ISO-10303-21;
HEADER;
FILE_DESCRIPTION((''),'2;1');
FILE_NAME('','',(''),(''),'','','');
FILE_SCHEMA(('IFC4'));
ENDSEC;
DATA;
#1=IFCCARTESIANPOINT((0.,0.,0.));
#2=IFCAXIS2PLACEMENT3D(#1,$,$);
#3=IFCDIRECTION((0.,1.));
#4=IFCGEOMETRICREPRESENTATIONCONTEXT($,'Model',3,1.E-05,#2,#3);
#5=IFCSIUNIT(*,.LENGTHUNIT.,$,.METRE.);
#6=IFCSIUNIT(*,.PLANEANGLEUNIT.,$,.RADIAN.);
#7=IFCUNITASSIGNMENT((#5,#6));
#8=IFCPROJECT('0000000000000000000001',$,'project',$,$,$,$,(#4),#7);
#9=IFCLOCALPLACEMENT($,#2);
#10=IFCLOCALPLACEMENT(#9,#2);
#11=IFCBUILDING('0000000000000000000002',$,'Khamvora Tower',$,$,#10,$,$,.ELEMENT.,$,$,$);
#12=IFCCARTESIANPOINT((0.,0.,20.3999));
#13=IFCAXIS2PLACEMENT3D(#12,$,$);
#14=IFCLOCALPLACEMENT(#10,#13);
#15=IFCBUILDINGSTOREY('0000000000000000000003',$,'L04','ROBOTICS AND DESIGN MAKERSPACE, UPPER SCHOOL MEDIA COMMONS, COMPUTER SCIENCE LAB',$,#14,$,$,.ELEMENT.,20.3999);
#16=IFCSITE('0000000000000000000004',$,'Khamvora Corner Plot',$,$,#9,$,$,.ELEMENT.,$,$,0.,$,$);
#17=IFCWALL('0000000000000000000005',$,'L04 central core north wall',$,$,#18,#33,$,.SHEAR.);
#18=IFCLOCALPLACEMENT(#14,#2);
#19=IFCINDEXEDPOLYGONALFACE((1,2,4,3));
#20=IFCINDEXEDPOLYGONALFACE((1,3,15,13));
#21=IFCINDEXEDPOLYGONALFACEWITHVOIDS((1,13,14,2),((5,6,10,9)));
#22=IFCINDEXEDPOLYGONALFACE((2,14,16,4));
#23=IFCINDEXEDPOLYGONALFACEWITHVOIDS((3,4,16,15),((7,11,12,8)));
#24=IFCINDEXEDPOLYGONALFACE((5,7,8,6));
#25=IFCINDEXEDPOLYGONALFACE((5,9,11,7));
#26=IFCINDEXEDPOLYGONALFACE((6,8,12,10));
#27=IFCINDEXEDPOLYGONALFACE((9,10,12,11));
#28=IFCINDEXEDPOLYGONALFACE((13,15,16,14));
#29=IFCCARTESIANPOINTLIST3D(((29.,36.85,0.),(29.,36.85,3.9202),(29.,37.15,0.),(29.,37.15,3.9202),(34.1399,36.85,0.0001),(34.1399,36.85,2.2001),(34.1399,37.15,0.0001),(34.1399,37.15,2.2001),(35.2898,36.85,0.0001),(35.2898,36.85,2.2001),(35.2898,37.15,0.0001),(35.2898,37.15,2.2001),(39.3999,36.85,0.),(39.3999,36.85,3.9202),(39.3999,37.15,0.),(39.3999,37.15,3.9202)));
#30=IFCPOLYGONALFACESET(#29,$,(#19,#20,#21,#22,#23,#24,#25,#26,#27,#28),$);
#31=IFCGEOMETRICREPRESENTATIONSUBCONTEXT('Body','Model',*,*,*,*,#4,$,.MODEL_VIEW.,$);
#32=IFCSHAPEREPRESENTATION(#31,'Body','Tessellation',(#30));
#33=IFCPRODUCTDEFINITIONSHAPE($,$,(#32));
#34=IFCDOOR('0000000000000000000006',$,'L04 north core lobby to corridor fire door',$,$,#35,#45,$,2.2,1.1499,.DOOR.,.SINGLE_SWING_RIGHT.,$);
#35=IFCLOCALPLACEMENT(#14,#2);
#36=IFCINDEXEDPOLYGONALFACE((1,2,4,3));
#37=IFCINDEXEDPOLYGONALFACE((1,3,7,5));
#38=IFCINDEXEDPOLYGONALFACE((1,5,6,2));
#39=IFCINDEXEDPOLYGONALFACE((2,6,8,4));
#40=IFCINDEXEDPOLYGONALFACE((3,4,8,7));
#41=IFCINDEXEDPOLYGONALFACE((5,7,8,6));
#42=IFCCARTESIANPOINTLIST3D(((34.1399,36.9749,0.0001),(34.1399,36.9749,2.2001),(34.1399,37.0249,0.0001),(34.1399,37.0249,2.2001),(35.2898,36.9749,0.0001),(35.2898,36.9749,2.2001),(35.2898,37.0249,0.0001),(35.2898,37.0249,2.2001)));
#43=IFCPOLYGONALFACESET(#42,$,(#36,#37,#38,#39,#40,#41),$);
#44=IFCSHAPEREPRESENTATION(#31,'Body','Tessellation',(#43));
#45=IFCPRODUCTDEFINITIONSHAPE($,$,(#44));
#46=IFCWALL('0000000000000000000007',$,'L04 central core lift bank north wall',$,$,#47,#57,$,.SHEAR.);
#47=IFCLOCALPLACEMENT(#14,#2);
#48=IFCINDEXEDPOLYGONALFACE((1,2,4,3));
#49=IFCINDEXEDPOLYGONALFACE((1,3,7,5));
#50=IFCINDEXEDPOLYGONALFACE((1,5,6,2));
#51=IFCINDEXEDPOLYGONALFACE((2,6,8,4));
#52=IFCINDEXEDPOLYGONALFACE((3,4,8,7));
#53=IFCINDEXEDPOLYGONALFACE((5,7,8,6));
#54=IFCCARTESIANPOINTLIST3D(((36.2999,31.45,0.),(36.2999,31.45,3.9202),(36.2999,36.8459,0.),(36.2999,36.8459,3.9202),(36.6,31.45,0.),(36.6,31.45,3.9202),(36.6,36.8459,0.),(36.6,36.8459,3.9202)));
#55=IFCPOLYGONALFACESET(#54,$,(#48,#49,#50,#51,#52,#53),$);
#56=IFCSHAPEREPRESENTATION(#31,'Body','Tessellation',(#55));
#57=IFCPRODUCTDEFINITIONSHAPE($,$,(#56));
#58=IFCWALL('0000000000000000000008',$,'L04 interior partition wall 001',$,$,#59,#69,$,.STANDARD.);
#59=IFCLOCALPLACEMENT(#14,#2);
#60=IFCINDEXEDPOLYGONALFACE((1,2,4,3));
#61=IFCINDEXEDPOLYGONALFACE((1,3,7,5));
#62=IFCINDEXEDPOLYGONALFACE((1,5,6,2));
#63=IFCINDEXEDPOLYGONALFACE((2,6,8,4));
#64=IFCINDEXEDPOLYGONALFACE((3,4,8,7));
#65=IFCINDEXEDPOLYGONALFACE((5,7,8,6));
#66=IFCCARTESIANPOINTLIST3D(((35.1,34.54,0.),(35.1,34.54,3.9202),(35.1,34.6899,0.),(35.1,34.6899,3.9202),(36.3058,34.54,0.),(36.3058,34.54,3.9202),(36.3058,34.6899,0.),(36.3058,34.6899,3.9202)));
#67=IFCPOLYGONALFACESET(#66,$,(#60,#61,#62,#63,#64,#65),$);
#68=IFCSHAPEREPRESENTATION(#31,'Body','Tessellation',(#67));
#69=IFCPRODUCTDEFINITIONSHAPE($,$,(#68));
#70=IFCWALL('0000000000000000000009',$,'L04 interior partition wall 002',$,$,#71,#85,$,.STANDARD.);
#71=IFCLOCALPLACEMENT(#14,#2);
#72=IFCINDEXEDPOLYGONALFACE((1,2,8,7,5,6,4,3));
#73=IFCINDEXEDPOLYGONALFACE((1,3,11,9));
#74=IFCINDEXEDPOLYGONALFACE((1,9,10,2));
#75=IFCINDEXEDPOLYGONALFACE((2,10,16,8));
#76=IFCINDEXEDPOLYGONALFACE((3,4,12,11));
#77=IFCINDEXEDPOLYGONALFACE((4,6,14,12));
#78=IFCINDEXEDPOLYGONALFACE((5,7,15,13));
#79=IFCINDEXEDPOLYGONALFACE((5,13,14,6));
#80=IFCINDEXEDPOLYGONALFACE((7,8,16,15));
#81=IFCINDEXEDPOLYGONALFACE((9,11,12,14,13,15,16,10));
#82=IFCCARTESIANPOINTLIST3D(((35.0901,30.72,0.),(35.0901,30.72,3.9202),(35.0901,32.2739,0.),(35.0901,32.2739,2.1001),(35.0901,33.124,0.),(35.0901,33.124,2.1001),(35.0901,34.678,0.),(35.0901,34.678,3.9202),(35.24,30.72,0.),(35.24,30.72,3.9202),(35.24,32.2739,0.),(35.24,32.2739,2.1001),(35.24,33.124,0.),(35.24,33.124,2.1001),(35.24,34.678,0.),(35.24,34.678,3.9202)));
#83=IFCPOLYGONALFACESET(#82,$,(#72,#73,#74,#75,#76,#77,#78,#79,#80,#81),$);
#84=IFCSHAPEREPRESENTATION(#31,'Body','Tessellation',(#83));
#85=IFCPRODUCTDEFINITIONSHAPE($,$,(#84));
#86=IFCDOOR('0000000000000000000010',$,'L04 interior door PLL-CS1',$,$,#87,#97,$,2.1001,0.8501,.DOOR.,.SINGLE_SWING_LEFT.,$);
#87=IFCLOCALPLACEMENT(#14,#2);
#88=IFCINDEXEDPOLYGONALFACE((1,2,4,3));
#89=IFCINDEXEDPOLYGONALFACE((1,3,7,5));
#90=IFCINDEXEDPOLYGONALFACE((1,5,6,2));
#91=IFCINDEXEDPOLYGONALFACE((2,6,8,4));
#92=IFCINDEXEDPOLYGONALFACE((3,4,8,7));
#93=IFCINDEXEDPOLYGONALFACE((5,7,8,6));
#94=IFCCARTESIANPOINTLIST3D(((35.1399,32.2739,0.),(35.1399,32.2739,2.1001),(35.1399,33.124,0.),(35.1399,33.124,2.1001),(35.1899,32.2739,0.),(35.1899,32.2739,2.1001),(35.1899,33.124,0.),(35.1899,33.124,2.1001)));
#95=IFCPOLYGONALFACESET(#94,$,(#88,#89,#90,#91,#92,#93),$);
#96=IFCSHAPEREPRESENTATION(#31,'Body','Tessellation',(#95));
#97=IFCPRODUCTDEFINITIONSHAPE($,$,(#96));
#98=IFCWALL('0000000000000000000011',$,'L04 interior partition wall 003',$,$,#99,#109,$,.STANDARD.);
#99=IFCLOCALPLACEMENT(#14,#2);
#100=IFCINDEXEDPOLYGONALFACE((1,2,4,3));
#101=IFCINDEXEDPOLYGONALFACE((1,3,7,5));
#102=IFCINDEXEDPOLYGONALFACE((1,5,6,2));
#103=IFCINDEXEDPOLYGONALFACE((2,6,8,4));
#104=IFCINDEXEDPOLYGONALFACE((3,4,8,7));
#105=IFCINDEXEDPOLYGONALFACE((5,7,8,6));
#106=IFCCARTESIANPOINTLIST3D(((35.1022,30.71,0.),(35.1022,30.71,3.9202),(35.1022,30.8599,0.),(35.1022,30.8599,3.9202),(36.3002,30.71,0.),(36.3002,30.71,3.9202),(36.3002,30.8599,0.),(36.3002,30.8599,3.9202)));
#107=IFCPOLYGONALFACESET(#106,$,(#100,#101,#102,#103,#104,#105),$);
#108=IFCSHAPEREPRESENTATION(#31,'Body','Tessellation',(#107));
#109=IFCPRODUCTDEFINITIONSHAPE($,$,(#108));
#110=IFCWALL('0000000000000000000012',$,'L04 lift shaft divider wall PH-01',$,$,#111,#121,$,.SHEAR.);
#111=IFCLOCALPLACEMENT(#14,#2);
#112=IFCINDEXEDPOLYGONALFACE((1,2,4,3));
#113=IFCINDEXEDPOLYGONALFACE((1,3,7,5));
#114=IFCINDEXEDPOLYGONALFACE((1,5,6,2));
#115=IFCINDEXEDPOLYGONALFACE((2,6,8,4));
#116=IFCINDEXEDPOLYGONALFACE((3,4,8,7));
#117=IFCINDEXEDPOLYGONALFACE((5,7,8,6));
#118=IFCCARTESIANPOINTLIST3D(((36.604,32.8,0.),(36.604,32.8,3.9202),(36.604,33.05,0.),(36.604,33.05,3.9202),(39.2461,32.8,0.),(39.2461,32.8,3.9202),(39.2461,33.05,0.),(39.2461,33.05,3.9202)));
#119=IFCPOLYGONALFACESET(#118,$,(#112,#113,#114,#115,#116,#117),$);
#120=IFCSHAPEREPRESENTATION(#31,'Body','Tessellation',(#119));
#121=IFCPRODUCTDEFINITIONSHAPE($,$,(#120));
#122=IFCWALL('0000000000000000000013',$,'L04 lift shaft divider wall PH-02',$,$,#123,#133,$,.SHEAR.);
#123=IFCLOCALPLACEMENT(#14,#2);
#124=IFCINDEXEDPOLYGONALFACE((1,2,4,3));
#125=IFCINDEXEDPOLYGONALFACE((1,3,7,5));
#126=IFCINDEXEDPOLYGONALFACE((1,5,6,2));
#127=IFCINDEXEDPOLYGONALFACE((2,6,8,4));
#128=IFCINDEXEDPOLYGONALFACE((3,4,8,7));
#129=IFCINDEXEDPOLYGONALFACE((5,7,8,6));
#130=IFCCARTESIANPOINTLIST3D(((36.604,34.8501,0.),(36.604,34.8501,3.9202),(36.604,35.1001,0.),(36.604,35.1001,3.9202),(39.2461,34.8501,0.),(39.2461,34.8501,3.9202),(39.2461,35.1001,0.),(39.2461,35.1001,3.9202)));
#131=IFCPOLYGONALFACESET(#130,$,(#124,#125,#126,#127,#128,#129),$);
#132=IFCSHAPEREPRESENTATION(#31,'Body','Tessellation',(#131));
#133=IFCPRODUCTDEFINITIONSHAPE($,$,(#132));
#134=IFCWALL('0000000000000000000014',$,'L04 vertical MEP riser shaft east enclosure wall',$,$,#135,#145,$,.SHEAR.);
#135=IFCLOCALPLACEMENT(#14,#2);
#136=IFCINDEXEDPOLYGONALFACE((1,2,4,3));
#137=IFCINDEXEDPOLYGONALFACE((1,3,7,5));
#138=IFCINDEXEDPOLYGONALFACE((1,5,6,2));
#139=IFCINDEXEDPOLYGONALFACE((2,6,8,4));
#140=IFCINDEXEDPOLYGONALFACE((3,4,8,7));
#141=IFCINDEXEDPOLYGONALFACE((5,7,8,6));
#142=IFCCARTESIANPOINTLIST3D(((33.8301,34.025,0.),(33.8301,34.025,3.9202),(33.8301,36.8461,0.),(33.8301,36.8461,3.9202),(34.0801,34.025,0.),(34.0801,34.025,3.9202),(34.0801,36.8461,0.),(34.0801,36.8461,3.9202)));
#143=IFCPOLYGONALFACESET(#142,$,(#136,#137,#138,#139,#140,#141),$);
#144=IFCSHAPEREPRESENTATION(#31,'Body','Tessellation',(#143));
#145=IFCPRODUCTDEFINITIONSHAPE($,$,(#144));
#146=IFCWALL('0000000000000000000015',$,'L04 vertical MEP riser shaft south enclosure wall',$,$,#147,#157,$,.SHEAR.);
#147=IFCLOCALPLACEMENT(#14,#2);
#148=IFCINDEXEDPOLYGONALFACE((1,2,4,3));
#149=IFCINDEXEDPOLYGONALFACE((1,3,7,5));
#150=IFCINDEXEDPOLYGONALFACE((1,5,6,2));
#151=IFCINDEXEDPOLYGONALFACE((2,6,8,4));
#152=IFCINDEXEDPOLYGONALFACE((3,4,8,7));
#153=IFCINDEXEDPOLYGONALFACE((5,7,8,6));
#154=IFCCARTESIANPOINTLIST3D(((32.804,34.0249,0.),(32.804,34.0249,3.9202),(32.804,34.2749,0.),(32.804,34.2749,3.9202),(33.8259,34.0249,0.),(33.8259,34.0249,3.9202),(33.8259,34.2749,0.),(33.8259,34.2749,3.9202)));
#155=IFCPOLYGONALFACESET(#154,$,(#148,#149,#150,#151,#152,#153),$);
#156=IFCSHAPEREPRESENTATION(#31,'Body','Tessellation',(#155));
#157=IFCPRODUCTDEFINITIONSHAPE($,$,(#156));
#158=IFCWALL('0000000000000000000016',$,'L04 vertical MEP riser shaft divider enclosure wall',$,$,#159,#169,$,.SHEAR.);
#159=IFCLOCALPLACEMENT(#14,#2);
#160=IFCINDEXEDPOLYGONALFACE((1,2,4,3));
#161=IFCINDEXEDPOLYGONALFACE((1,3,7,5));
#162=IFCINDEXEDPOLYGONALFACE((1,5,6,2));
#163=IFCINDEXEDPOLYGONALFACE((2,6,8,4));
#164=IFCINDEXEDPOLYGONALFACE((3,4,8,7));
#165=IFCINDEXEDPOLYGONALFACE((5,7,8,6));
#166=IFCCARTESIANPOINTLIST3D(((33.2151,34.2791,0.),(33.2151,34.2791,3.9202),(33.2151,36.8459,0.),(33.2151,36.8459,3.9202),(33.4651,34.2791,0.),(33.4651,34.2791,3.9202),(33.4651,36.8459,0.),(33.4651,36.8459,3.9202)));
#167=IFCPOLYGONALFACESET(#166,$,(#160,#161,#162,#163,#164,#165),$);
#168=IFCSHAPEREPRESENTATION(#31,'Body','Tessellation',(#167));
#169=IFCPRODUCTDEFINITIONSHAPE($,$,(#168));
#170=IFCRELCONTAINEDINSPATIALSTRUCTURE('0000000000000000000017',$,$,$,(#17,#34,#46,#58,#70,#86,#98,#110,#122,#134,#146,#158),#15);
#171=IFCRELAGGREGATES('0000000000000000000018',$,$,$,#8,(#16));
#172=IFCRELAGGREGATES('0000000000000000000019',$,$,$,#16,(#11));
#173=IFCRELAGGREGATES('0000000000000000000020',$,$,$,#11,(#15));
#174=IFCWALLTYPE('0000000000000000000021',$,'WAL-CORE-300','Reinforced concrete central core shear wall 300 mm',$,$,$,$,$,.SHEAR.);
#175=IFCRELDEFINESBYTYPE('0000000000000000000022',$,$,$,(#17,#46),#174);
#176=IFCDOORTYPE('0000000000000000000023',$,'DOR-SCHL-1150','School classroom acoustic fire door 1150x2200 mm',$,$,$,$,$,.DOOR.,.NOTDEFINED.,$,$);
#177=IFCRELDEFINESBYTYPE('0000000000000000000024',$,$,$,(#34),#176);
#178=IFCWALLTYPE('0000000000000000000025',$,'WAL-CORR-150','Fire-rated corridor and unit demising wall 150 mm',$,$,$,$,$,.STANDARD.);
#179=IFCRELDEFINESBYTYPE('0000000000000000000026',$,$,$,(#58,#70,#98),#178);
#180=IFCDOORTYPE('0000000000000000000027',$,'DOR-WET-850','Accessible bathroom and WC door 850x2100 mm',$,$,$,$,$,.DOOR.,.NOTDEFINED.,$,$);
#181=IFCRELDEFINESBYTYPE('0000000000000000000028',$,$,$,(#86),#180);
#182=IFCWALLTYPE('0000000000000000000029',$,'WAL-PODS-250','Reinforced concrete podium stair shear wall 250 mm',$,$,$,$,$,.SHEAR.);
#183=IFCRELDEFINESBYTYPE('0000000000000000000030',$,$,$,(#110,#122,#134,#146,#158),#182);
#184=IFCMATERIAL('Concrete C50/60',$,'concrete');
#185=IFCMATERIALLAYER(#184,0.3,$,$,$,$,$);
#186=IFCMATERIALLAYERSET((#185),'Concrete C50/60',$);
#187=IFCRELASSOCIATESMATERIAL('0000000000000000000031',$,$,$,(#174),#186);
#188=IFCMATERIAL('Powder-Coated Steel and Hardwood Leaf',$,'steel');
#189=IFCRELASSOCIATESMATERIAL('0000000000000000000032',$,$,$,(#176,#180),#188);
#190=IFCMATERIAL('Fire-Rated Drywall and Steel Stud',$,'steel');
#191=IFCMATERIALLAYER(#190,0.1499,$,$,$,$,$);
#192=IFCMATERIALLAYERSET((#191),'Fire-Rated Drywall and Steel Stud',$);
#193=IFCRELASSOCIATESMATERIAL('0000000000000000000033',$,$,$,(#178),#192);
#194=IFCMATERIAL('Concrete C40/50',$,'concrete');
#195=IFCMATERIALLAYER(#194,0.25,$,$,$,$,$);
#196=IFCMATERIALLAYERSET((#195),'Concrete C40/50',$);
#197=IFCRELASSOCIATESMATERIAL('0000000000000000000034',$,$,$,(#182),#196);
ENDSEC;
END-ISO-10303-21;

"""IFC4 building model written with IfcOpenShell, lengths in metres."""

from ifc_helpers import new_model, si_unit, direction, frame, frame_2d, origin, place, context, subcontext, project, spatial, rectangle, extrude, material, layer, layer_set, type_object, element, fill, save


model = new_model("IFC4")

# Units and contexts
model_context = context("Model", 3, precision=1e-05, world=origin(), true_north=direction((0.0, 1.0)))
body_context = subcontext(model_context, "Body", "Model", "MODEL_VIEW")
ifc_project = project(units=[si_unit("LENGTHUNIT", "METRE"), si_unit("PLANEANGLEUNIT", "RADIAN")], contexts=[model_context])

# Site, building, storey
site_placement = place(None, origin())
site = spatial("IfcSite", under=ifc_project, at=site_placement, Name="Khamvora Corner Plot", CompositionType="ELEMENT", RefElevation=0.0)
building_placement = place(site_placement, origin())
building = spatial("IfcBuilding", under=site, at=building_placement, Name="Khamvora Tower", CompositionType="ELEMENT")
storey_placement = place(building_placement, frame((0.0, 0.0, 20.3999)))
storey = spatial("IfcBuildingStorey", under=building, at=storey_placement, Name="L04", Description="ROBOTICS AND DESIGN MAKERSPACE, UPPER SCHOOL MEDIA COMMONS, COMPUTER SCIENCE LAB", CompositionType="ELEMENT", Elevation=20.3999)

# Wall, opening, door
ifc_material_1 = material(Name="Concrete C50/60", Category="concrete")
ifc_layer_1 = layer(ifc_material_1, 0.3)
ifc_layer_set_1 = layer_set([ifc_layer_1], Name="Concrete C50/60")
wall_type_1 = type_object("IfcWallType", Name="WAL-CORE-300", Description="Reinforced concrete central core shear wall 300 mm", PredefinedType="SHEAR", material=ifc_layer_set_1)
wall_1_placement = place(storey_placement, frame((29.0, 37.0, 0.0), z_axis=(0.0, 0.0, 1.0), x_axis=(1.0, 0.0, 0.0)))
wall_1 = element("IfcWall", 1, at=wall_1_placement, inside=storey, type_object=wall_type_1, Name="L04 central core north wall", PredefinedType="SHEAR", context=body_context, shape_type="SweptSolid", body=[
    extrude(rectangle(XDim=10.3999, YDim=0.3, at=frame_2d((5.2, 0.0))), origin(), (0.0, 0.0, 1.0), 3.9202),
])
opening_1_placement = place(wall_1_placement, frame((5.1399, 0.0, 0.0)))
opening_1 = element("IfcOpeningElement", 2, at=opening_1_placement, cuts=wall_1, PredefinedType="OPENING", context=body_context, shape_type="SweptSolid", body=[
    extrude(rectangle(XDim=1.1499, YDim=2.2, at=frame_2d((0.575, 1.1001))), frame((0.0, 0.1599, 0.0), z_axis=(0.0, -1.0, 0.0), x_axis=(1.0, 0.0, 0.0)), (0.0, 0.0, 1.0), 0.3201),
])
ifc_material_2 = material(Name="Powder-Coated Steel and Hardwood Leaf", Category="steel")
door_type_1 = type_object("IfcDoorType", Name="DOR-SCHL-1150", Description="School classroom acoustic fire door 1150x2200 mm", OperationType="NOTDEFINED", PredefinedType="DOOR", material=ifc_material_2)
door_1_placement = place(opening_1_placement, origin())
door_1 = element("IfcDoor", 3, at=door_1_placement, inside=storey, type_object=door_type_1, Name="L04 north core lobby to corridor fire door", OperationType="SINGLE_SWING_RIGHT", OverallHeight=2.2, OverallWidth=1.1499, PredefinedType="DOOR", context=body_context, shape_type="SweptSolid", body=[
    extrude(rectangle(XDim=1.1499, YDim=2.2, at=frame_2d((0.575, 1.1001))), frame((0.0, 0.0249, 0.0), z_axis=(0.0, -1.0, 0.0), x_axis=(1.0, 0.0, 0.0)), (0.0, 0.0, 1.0), 0.05),
])
fill(opening_1, door_1)

# Walls
wall_2_placement = place(storey_placement, frame((36.45, 31.45, 0.0), z_axis=(0.0, 0.0, 1.0), x_axis=(0.0, 1.0, 0.0)))
element("IfcWall", 4, at=wall_2_placement, inside=storey, type_object=wall_type_1, Name="L04 central core lift bank north wall", PredefinedType="SHEAR", context=body_context, shape_type="SweptSolid", body=[
    extrude(rectangle(XDim=5.396, YDim=0.3, at=frame_2d((2.698, 0.0))), origin(), (0.0, 0.0, 1.0), 3.9202),
])
ifc_material_3 = material(Name="Fire-Rated Drywall and Steel Stud", Category="steel")
ifc_layer_2 = layer(ifc_material_3, 0.1499)
ifc_layer_set_2 = layer_set([ifc_layer_2], Name="Fire-Rated Drywall and Steel Stud")
wall_type_2 = type_object("IfcWallType", Name="WAL-CORR-150", Description="Fire-rated corridor and unit demising wall 150 mm", PredefinedType="STANDARD", material=ifc_layer_set_2)
wall_3_placement = place(storey_placement, frame((36.3059, 34.615, 0.0), z_axis=(0.0, 0.0, 1.0), x_axis=(-1.0, 0.0, 0.0)))
element("IfcWall", 5, at=wall_3_placement, inside=storey, type_object=wall_type_2, Name="L04 interior partition wall 001", PredefinedType="STANDARD", context=body_context, shape_type="SweptSolid", body=[
    extrude(rectangle(XDim=1.2058, YDim=0.1499, at=frame_2d((0.603, 0.0))), origin(), (0.0, 0.0, 1.0), 3.9202),
])

# Wall, opening, door
wall_4_placement = place(storey_placement, frame((35.165, 34.678, 0.0), z_axis=(0.0, 0.0, 1.0), x_axis=(0.0, -1.0, 0.0)))
wall_4 = element("IfcWall", 6, at=wall_4_placement, inside=storey, type_object=wall_type_2, Name="L04 interior partition wall 002", PredefinedType="STANDARD", context=body_context, shape_type="SweptSolid", body=[
    extrude(rectangle(XDim=3.958, YDim=0.1499, at=frame_2d((1.979, 0.0))), origin(), (0.0, 0.0, 1.0), 3.9202),
])
opening_2_placement = place(wall_4_placement, frame((1.554, 0.0, 0.0)))
opening_2 = element("IfcOpeningElement", 7, at=opening_2_placement, cuts=wall_4, PredefinedType="OPENING", context=body_context, shape_type="SweptSolid", body=[
    extrude(rectangle(XDim=0.8501, YDim=2.1001, at=frame_2d((0.425, 1.05))), frame((0.0, 0.085, 0.0), z_axis=(0.0, -1.0, 0.0), x_axis=(1.0, 0.0, 0.0)), (0.0, 0.0, 1.0), 0.1699),
])
door_type_2 = type_object("IfcDoorType", Name="DOR-WET-850", Description="Accessible bathroom and WC door 850x2100 mm", OperationType="NOTDEFINED", PredefinedType="DOOR", material=ifc_material_2)
door_2_placement = place(opening_2_placement, origin())
door_2 = element("IfcDoor", 8, at=door_2_placement, inside=storey, type_object=door_type_2, Name="L04 interior door PLL-CS1", OperationType="SINGLE_SWING_LEFT", OverallHeight=2.1001, OverallWidth=0.8501, PredefinedType="DOOR", context=body_context, shape_type="SweptSolid", body=[
    extrude(rectangle(XDim=0.8501, YDim=2.1001, at=frame_2d((0.425, 1.05))), frame((0.0, 0.0249, 0.0), z_axis=(0.0, -1.0, 0.0), x_axis=(1.0, 0.0, 0.0)), (0.0, 0.0, 1.0), 0.05),
])
fill(opening_2, door_2)

# Walls
wall_5_placement = place(storey_placement, frame((35.1021, 30.7849, 0.0), z_axis=(0.0, 0.0, 1.0), x_axis=(1.0, 0.0, 0.0)))
element("IfcWall", 9, at=wall_5_placement, inside=storey, type_object=wall_type_2, Name="L04 interior partition wall 003", PredefinedType="STANDARD", context=body_context, shape_type="SweptSolid", body=[
    extrude(rectangle(XDim=1.198, YDim=0.1499, at=frame_2d((0.5991, 0.0))), origin(), (0.0, 0.0, 1.0), 3.9202),
])
ifc_material_4 = material(Name="Concrete C40/50", Category="concrete")
ifc_layer_3 = layer(ifc_material_4, 0.25)
ifc_layer_set_3 = layer_set([ifc_layer_3], Name="Concrete C40/50")
wall_type_3 = type_object("IfcWallType", Name="WAL-PODS-250", Description="Reinforced concrete podium stair shear wall 250 mm", PredefinedType="SHEAR", material=ifc_layer_set_3)
for number, where, z_axis, x_axis, name in (
    (10, (36.604, 32.925, 0.0), (0.0, 0.0, 1.0), (1.0, 0.0, 0.0), "L04 lift shaft divider wall PH-01"),
    (11, (36.604, 34.9751, 0.0), (0.0, 0.0, 1.0), (1.0, 0.0, 0.0), "L04 lift shaft divider wall PH-02"),
):
    element("IfcWall", number, at=place(storey_placement, frame(where, z_axis=z_axis, x_axis=x_axis)), inside=storey, type_object=wall_type_3, Name=name, PredefinedType="SHEAR", context=body_context, shape_type="SweptSolid", body=[
        extrude(rectangle(XDim=2.6421, YDim=0.25, at=frame_2d((1.321, 0.0))), origin(), (0.0, 0.0, 1.0), 3.9202),
    ])
wall_6_placement = place(storey_placement, frame((33.9551, 34.0249, 0.0), z_axis=(0.0, 0.0, 1.0), x_axis=(0.0, 1.0, 0.0)))
element("IfcWall", 12, at=wall_6_placement, inside=storey, type_object=wall_type_3, Name="L04 vertical MEP riser shaft east enclosure wall", PredefinedType="SHEAR", context=body_context, shape_type="SweptSolid", body=[
    extrude(rectangle(XDim=2.821, YDim=0.25, at=frame_2d((1.4106, 0.0))), origin(), (0.0, 0.0, 1.0), 3.9202),
])
wall_7_placement = place(storey_placement, frame((32.804, 34.1499, 0.0), z_axis=(0.0, 0.0, 1.0), x_axis=(1.0, 0.0, 0.0)))
element("IfcWall", 13, at=wall_7_placement, inside=storey, type_object=wall_type_3, Name="L04 vertical MEP riser shaft south enclosure wall", PredefinedType="SHEAR", context=body_context, shape_type="SweptSolid", body=[
    extrude(rectangle(XDim=1.022, YDim=0.25, at=frame_2d((0.511, 0.0))), origin(), (0.0, 0.0, 1.0), 3.9202),
])
wall_8_placement = place(storey_placement, frame((33.3401, 34.2791, 0.0), z_axis=(0.0, 0.0, 1.0), x_axis=(0.0, 1.0, 0.0)))
element("IfcWall", 14, at=wall_8_placement, inside=storey, type_object=wall_type_3, Name="L04 vertical MEP riser shaft divider enclosure wall", PredefinedType="SHEAR", context=body_context, shape_type="SweptSolid", body=[
    extrude(rectangle(XDim=2.5669, YDim=0.25, at=frame_2d((1.2834, 0.0))), origin(), (0.0, 0.0, 1.0), 3.9202),
])

save(model, "model.ifc")
